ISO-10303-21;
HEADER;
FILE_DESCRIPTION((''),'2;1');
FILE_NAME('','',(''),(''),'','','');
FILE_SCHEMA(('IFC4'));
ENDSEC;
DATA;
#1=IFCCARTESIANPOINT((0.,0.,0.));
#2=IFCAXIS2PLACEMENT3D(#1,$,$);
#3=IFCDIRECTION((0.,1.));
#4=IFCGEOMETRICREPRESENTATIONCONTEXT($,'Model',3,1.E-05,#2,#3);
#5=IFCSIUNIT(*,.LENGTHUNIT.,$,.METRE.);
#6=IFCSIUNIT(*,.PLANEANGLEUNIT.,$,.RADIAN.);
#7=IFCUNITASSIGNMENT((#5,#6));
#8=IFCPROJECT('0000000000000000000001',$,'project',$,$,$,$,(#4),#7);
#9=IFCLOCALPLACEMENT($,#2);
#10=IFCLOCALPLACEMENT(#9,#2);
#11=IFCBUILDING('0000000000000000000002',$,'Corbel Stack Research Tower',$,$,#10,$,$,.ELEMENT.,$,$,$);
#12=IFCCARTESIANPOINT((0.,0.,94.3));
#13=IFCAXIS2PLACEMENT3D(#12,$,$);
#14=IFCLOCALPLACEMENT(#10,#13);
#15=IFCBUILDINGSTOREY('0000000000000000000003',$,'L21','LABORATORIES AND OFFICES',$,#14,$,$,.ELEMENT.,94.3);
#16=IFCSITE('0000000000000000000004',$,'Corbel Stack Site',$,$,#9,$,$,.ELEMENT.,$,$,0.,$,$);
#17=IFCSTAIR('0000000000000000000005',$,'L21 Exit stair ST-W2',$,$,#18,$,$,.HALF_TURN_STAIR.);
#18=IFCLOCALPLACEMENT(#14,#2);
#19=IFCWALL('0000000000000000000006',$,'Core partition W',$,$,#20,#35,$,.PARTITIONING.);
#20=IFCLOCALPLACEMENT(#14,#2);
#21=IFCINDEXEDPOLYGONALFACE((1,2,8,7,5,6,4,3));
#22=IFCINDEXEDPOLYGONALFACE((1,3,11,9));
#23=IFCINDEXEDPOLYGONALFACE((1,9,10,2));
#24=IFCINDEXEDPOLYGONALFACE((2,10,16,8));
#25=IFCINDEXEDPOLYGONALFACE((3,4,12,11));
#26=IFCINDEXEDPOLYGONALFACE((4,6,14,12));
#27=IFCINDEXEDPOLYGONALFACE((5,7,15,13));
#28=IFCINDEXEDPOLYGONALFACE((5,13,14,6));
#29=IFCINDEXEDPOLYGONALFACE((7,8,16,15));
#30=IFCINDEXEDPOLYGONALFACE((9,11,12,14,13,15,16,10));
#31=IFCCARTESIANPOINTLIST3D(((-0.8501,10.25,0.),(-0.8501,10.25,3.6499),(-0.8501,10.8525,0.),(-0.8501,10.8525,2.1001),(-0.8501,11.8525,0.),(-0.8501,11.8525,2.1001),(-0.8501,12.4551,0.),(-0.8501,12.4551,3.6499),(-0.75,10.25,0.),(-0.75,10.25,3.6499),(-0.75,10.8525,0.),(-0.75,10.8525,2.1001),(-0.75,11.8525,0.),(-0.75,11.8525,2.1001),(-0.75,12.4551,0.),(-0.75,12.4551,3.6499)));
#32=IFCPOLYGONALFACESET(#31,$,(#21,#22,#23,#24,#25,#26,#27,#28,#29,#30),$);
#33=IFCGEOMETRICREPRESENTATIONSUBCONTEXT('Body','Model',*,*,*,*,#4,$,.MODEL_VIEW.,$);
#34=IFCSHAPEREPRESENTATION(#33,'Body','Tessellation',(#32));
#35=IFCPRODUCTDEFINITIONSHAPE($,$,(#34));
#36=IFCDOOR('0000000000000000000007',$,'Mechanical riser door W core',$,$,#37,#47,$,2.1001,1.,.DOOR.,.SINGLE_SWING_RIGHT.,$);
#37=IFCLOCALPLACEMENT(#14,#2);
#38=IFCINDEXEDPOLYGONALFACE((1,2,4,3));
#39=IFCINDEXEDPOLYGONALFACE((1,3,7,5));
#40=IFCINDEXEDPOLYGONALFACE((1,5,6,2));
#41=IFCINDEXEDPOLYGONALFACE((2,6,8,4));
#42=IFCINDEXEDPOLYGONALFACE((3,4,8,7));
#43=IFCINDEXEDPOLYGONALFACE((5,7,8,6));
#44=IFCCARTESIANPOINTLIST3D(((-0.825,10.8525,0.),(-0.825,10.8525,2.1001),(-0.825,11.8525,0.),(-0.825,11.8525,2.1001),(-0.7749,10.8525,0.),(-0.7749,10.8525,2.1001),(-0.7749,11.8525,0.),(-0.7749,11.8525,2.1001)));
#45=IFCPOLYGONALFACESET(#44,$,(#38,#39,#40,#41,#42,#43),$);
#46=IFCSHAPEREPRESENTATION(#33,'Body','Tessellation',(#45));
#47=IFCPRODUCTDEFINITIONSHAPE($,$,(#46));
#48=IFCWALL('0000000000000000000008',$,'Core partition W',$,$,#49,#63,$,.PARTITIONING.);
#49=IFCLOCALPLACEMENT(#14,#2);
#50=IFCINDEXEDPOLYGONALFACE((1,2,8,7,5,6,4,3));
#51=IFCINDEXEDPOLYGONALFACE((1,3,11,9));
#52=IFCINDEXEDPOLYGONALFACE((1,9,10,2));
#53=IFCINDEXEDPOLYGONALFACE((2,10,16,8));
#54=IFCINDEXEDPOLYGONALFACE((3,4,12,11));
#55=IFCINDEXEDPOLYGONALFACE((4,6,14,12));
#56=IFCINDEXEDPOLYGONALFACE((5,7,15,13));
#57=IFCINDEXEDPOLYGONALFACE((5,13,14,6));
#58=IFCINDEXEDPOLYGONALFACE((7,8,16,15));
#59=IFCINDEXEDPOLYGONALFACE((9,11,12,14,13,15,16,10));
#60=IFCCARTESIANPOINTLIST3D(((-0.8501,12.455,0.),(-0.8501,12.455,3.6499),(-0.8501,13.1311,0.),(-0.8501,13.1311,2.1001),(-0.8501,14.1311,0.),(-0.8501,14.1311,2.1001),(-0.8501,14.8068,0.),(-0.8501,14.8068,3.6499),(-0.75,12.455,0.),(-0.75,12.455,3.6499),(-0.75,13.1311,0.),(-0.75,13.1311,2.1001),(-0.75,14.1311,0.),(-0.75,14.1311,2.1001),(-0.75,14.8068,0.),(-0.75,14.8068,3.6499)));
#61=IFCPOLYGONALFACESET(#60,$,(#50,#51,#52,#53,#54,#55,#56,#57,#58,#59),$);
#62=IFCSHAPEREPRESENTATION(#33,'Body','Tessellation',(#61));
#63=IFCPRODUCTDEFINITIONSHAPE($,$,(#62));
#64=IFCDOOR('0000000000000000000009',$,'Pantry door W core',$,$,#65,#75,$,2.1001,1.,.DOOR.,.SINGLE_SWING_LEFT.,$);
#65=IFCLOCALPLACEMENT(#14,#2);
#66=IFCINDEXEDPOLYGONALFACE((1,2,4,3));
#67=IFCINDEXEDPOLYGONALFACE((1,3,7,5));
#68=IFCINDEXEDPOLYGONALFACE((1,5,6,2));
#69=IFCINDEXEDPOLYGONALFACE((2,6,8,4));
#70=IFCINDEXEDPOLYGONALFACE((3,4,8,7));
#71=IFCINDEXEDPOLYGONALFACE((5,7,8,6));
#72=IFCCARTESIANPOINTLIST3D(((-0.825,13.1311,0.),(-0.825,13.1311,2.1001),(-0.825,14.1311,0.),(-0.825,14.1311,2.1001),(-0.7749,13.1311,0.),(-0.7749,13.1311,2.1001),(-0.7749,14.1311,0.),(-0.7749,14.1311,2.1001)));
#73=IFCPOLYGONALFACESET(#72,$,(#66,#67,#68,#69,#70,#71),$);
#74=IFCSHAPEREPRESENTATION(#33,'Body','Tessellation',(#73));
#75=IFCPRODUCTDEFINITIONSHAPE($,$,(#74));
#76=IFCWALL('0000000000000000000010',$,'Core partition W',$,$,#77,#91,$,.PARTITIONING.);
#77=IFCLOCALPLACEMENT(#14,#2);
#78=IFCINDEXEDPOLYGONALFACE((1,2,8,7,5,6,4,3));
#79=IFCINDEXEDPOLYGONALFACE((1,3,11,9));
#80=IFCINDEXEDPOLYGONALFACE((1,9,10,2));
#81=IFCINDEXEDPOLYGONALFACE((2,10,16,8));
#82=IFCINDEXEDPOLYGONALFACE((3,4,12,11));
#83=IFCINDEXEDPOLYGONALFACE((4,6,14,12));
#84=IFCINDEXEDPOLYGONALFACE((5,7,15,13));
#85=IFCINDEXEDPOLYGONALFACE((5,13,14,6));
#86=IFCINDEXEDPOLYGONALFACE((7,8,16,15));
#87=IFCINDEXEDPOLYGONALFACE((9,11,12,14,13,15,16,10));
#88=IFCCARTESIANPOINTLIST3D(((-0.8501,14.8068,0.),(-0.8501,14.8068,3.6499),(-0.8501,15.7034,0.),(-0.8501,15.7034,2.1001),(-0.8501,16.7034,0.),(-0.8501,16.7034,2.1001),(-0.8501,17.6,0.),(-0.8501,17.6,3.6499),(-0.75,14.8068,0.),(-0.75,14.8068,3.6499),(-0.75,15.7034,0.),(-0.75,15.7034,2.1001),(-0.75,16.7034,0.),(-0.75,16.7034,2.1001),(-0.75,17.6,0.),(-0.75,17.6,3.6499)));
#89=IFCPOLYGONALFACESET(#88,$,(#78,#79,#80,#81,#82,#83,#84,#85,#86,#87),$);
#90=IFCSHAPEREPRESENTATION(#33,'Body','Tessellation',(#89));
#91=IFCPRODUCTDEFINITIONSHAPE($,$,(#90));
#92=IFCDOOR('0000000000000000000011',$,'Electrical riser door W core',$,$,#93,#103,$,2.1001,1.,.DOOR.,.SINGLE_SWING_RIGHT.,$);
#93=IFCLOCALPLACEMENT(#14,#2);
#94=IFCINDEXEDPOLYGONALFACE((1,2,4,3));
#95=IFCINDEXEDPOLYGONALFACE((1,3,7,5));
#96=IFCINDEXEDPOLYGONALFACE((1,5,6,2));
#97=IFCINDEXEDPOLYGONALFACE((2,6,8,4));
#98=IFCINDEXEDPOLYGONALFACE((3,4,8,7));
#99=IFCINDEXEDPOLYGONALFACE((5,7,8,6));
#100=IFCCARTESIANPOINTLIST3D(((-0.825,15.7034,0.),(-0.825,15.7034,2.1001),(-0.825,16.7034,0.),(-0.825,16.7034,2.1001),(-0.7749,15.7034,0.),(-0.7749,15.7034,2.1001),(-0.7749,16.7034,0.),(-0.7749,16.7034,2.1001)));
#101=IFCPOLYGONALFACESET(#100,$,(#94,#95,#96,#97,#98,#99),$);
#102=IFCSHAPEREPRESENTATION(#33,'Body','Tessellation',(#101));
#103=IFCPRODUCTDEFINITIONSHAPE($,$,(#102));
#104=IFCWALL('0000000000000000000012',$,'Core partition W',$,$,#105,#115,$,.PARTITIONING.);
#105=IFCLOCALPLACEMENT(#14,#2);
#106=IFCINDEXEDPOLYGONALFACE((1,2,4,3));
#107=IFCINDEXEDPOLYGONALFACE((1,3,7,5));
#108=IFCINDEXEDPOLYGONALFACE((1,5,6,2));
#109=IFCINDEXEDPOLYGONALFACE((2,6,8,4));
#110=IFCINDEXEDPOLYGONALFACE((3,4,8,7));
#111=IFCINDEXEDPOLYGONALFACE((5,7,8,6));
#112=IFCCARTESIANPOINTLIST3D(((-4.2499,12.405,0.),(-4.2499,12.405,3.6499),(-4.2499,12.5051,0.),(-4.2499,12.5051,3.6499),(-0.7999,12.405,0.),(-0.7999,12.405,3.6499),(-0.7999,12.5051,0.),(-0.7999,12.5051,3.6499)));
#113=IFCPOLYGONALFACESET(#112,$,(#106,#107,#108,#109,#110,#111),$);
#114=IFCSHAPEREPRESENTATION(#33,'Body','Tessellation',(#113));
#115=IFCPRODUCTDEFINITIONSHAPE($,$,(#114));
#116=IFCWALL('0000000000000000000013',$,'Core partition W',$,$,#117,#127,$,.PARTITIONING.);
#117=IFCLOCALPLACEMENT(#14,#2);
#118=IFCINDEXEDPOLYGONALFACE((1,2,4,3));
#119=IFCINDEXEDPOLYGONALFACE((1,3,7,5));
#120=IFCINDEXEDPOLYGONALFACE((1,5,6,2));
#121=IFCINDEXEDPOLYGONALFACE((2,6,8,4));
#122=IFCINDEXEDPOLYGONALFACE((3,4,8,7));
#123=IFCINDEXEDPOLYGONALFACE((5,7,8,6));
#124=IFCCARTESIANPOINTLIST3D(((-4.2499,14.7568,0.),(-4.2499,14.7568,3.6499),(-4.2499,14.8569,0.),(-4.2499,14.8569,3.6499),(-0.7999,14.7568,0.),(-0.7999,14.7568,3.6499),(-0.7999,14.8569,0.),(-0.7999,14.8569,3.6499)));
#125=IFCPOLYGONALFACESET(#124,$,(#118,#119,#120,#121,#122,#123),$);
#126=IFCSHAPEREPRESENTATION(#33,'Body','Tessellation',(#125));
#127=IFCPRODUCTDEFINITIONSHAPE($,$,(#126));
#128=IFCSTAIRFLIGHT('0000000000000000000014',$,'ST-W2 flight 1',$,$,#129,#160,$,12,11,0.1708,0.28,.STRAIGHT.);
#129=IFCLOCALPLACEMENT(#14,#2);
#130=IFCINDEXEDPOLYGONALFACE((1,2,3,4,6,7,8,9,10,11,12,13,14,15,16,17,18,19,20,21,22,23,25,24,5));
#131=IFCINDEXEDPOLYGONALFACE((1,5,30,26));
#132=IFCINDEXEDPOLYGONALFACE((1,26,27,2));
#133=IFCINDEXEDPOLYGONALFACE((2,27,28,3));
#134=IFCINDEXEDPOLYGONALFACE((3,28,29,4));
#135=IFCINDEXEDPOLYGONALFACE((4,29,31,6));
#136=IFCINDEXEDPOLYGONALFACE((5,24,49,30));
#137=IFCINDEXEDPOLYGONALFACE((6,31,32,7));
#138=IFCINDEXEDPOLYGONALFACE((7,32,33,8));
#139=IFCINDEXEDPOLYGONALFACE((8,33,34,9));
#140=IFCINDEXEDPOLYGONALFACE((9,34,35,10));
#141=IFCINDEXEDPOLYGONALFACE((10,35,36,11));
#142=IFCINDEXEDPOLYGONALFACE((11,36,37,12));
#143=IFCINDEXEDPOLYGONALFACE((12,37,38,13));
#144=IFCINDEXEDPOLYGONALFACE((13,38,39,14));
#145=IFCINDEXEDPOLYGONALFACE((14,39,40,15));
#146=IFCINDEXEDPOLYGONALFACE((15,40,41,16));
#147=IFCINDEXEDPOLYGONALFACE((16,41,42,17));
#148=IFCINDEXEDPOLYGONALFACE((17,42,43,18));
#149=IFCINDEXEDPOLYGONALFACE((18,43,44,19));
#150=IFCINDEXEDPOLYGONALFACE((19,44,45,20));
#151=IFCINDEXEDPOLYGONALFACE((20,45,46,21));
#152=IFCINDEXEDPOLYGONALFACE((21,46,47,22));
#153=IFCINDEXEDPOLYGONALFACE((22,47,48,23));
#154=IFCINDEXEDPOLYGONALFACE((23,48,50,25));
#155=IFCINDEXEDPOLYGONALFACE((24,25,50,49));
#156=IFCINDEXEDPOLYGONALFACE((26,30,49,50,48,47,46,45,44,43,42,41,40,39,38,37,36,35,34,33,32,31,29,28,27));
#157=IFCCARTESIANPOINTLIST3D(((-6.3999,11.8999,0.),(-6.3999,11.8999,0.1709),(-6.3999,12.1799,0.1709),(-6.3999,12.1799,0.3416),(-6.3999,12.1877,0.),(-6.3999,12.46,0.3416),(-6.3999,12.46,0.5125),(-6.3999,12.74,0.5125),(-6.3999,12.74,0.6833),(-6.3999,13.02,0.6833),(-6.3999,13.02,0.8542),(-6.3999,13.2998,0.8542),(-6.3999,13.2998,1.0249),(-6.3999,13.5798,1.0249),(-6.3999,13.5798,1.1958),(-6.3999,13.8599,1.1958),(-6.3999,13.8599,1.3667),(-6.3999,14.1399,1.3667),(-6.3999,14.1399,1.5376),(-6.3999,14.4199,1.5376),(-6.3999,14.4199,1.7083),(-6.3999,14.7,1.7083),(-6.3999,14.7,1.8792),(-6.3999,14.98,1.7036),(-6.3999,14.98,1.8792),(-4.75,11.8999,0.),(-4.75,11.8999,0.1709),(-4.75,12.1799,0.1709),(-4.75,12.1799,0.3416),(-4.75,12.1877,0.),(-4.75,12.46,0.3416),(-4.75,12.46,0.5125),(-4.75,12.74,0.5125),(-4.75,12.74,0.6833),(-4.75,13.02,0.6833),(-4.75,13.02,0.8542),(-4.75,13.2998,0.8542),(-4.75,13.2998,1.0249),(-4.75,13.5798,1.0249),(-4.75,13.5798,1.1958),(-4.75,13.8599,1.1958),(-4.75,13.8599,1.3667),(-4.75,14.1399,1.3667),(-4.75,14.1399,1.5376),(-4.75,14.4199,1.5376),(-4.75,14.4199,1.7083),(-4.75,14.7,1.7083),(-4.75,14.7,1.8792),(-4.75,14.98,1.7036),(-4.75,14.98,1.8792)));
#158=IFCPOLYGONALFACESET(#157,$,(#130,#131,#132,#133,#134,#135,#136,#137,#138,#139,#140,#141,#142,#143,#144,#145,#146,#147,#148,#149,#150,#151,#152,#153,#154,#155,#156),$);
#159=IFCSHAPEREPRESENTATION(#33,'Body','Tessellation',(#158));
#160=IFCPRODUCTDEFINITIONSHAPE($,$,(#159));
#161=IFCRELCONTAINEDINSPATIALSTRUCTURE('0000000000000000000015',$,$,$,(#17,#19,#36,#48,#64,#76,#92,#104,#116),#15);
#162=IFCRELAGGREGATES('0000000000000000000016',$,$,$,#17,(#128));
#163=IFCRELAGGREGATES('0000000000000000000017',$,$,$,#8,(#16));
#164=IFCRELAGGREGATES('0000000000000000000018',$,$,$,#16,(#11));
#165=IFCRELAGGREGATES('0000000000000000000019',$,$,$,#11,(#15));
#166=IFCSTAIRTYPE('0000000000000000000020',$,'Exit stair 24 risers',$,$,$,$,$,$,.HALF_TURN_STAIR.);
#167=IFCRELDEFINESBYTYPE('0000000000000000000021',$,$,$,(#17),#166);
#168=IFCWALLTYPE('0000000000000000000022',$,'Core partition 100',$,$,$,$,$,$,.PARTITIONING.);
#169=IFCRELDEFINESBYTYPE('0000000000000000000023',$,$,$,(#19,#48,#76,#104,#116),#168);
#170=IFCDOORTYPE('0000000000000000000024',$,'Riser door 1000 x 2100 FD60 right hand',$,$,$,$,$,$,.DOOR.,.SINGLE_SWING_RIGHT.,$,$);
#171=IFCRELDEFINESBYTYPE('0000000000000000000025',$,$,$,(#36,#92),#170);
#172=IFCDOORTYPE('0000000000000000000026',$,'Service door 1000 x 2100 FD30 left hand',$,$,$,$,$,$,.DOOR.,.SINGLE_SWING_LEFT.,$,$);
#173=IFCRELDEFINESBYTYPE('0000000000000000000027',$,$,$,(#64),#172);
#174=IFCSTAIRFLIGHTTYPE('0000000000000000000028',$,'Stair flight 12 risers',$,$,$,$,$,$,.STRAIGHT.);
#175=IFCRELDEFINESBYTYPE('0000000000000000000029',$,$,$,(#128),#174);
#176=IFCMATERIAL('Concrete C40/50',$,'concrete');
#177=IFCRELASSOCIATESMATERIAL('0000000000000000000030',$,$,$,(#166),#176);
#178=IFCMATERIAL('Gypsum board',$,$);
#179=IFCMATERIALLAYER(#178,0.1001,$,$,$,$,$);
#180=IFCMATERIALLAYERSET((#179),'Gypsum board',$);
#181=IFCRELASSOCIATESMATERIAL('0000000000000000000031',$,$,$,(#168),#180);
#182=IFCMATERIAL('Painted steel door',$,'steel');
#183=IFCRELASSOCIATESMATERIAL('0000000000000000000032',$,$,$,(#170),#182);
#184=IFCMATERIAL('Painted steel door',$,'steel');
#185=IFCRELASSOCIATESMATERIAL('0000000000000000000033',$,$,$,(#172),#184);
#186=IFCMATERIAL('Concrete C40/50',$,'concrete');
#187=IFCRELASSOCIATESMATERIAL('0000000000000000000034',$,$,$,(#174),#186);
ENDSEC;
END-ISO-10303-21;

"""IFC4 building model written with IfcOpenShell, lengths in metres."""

from ifc_helpers import new_model, si_unit, direction, frame, frame_2d, origin, place, context, subcontext, project, spatial, polyline, rectangle, outline, extrude, material, layer, layer_set, type_object, element, fill, aggregate, save


model = new_model("IFC4")

# Units and contexts
model_context = context("Model", 3, precision=1e-05, world=origin(), true_north=direction((0.0, 1.0)))
body_context = subcontext(model_context, "Body", "Model", "MODEL_VIEW")
ifc_project = project(units=[si_unit("LENGTHUNIT", "METRE"), si_unit("PLANEANGLEUNIT", "RADIAN")], contexts=[model_context])

# Site, building, storey
site_placement = place(None, origin())
site = spatial("IfcSite", under=ifc_project, at=site_placement, Name="Corbel Stack Site", CompositionType="ELEMENT", RefElevation=0.0)
building_placement = place(site_placement, origin())
building = spatial("IfcBuilding", under=site, at=building_placement, Name="Corbel Stack Research Tower", CompositionType="ELEMENT")
storey_placement = place(building_placement, frame((0.0, 0.0, 94.3)))
storey = spatial("IfcBuildingStorey", under=building, at=storey_placement, Name="L21", Description="LABORATORIES AND OFFICES", CompositionType="ELEMENT", Elevation=94.3)

# Stair
ifc_material_1 = material(Name="Concrete C40/50", Category="concrete")
stair_type = type_object("IfcStairType", Name="Exit stair 24 risers", PredefinedType="HALF_TURN_STAIR", material=ifc_material_1)
stair_1_placement = place(storey_placement, origin())
stair_1 = element("IfcStair", 1, at=stair_1_placement, inside=storey, type_object=stair_type, Name="L21 Exit stair ST-W2", PredefinedType="HALF_TURN_STAIR")

# Walls, openings, doors
ifc_material_2 = material(Name="Gypsum board")
ifc_layer_1 = layer(ifc_material_2, 0.1001)
ifc_layer_set_1 = layer_set([ifc_layer_1], Name="Gypsum board")
wall_type_1 = type_object("IfcWallType", Name="Core partition 100", PredefinedType="PARTITIONING", material=ifc_layer_set_1)
wall_1_placement = place(storey_placement, frame((-0.8, 10.25, 0.0), z_axis=(0.0, 0.0, 1.0), x_axis=(0.0, 1.0, 0.0)))
wall_1 = element("IfcWall", 2, at=wall_1_placement, inside=storey, type_object=wall_type_1, Name="Core partition W", PredefinedType="PARTITIONING", context=body_context, shape_type="SweptSolid", body=[
    extrude(rectangle(XDim=2.2051, YDim=0.1001, at=frame_2d((1.1025, 0.0))), origin(), (0.0, 0.0, 1.0), 3.6499),
])
opening_1_placement = place(wall_1_placement, frame((0.6025, 0.0, 0.0)))
opening_1 = element("IfcOpeningElement", 3, at=opening_1_placement, cuts=wall_1, PredefinedType="OPENING", context=body_context, shape_type="SweptSolid", body=[
    extrude(rectangle(XDim=1.0, YDim=2.1001, at=frame_2d((0.5, 1.05))), frame((0.0, 0.0601, 0.0), z_axis=(0.0, -1.0, 0.0), x_axis=(1.0, 0.0, 0.0)), (0.0, 0.0, 1.0), 0.1201),
])
ifc_material_3 = material(Name="Painted steel door", Category="steel")
door_type_1 = type_object("IfcDoorType", Name="Riser door 1000 x 2100 FD60 right hand", OperationType="SINGLE_SWING_RIGHT", PredefinedType="DOOR", material=ifc_material_3)
door_1_placement = place(opening_1_placement, origin())
door_1 = element("IfcDoor", 4, at=door_1_placement, inside=storey, type_object=door_type_1, Name="Mechanical riser door W core", OperationType="SINGLE_SWING_RIGHT", OverallHeight=2.1001, OverallWidth=1.0, PredefinedType="DOOR", context=body_context, shape_type="SweptSolid", body=[
    extrude(rectangle(XDim=1.0, YDim=2.1001, at=frame_2d((0.5, 1.05))), frame((0.0, 0.0249, 0.0), z_axis=(0.0, -1.0, 0.0), x_axis=(1.0, 0.0, 0.0)), (0.0, 0.0, 1.0), 0.05),
])
fill(opening_1, door_1)
wall_2_placement = place(storey_placement, frame((-0.8, 12.4551, 0.0), z_axis=(0.0, 0.0, 1.0), x_axis=(0.0, 1.0, 0.0)))
wall_2 = element("IfcWall", 5, at=wall_2_placement, inside=storey, type_object=wall_type_1, Name="Core partition W", PredefinedType="PARTITIONING", context=body_context, shape_type="SweptSolid", body=[
    extrude(rectangle(XDim=2.3518, YDim=0.1001, at=frame_2d((1.1758, 0.0))), origin(), (0.0, 0.0, 1.0), 3.6499),
])
opening_2_placement = place(wall_2_placement, frame((0.676, 0.0, 0.0)))
opening_2 = element("IfcOpeningElement", 6, at=opening_2_placement, cuts=wall_2, PredefinedType="OPENING", context=body_context, shape_type="SweptSolid", body=[
    extrude(rectangle(XDim=1.0, YDim=2.1001, at=frame_2d((0.5, 1.05))), frame((0.0, 0.0601, 0.0), z_axis=(0.0, -1.0, 0.0), x_axis=(1.0, 0.0, 0.0)), (0.0, 0.0, 1.0), 0.1201),
])
ifc_material_4 = material(Name="Painted steel door", Category="steel")
door_type_2 = type_object("IfcDoorType", Name="Service door 1000 x 2100 FD30 left hand", OperationType="SINGLE_SWING_LEFT", PredefinedType="DOOR", material=ifc_material_4)
door_2_placement = place(opening_2_placement, origin())
door_2 = element("IfcDoor", 7, at=door_2_placement, inside=storey, type_object=door_type_2, Name="Pantry door W core", OperationType="SINGLE_SWING_LEFT", OverallHeight=2.1001, OverallWidth=1.0, PredefinedType="DOOR", context=body_context, shape_type="SweptSolid", body=[
    extrude(rectangle(XDim=1.0, YDim=2.1001, at=frame_2d((0.5, 1.05))), frame((0.0, 0.0249, 0.0), z_axis=(0.0, -1.0, 0.0), x_axis=(1.0, 0.0, 0.0)), (0.0, 0.0, 1.0), 0.05),
])
fill(opening_2, door_2)
wall_3_placement = place(storey_placement, frame((-0.8, 14.8069, 0.0), z_axis=(0.0, 0.0, 1.0), x_axis=(0.0, 1.0, 0.0)))
wall_3 = element("IfcWall", 8, at=wall_3_placement, inside=storey, type_object=wall_type_1, Name="Core partition W", PredefinedType="PARTITIONING", context=body_context, shape_type="SweptSolid", body=[
    extrude(rectangle(XDim=2.7932, YDim=0.1001, at=frame_2d((1.3965, 0.0))), origin(), (0.0, 0.0, 1.0), 3.6499),
])
opening_3_placement = place(wall_3_placement, frame((0.8965, 0.0, 0.0)))
opening_3 = element("IfcOpeningElement", 9, at=opening_3_placement, cuts=wall_3, PredefinedType="OPENING", context=body_context, shape_type="SweptSolid", body=[
    extrude(rectangle(XDim=1.0, YDim=2.1001, at=frame_2d((0.5, 1.05))), frame((0.0, 0.0601, 0.0), z_axis=(0.0, -1.0, 0.0), x_axis=(1.0, 0.0, 0.0)), (0.0, 0.0, 1.0), 0.1201),
])
door_3_placement = place(opening_3_placement, origin())
door_3 = element("IfcDoor", 10, at=door_3_placement, inside=storey, type_object=door_type_1, Name="Electrical riser door W core", OperationType="SINGLE_SWING_RIGHT", OverallHeight=2.1001, OverallWidth=1.0, PredefinedType="DOOR", context=body_context, shape_type="SweptSolid", body=[
    extrude(rectangle(XDim=1.0, YDim=2.1001, at=frame_2d((0.5, 1.05))), frame((0.0, 0.0249, 0.0), z_axis=(0.0, -1.0, 0.0), x_axis=(1.0, 0.0, 0.0)), (0.0, 0.0, 1.0), 0.05),
])
fill(opening_3, door_3)

# Walls
for number, where, z_axis, x_axis, name in (
    (11, (-4.25, 12.4551, 0.0), (0.0, 0.0, 1.0), (1.0, 0.0, 0.0), "Core partition W"),
    (12, (-4.25, 14.8069, 0.0), (0.0, 0.0, 1.0), (1.0, 0.0, 0.0), "Core partition W"),
):
    element("IfcWall", number, at=place(storey_placement, frame(where, z_axis=z_axis, x_axis=x_axis)), inside=storey, type_object=wall_type_1, Name=name, PredefinedType="PARTITIONING", context=body_context, shape_type="SweptSolid", body=[
        extrude(rectangle(XDim=3.45, YDim=0.1001, at=frame_2d((1.7251, 0.0))), origin(), (0.0, 0.0, 1.0), 3.6499),
    ])

# Stair flight
ifc_material_5 = material(Name="Concrete C40/50", Category="concrete")
stair_flight_type = type_object("IfcStairFlightType", Name="Stair flight 12 risers", PredefinedType="STRAIGHT", material=ifc_material_5)
stair_flight_placement = place(storey_placement, frame((-5.575, 11.8999, 0.0), z_axis=(0.0, 0.0, 1.0), x_axis=(0.0, 1.0, 0.0)))
stair_flight = element("IfcStairFlight", 13, at=stair_flight_placement, type_object=stair_flight_type, Name="ST-W2 flight 1", NumberOfRisers=12, NumberOfTreads=11, PredefinedType="STRAIGHT", RiserHeight=0.1708, TreadLength=0.28, context=body_context, shape_type="SweptSolid", body=[
    extrude(outline(polyline([(0.0, 0.0), (0.0, 0.1709), (0.28, 0.1709), (0.28, 0.3416), (0.5601, 0.3416), (0.5601, 0.5125), (0.8401, 0.5125), (0.8401, 0.6833), (1.1201, 0.6833), (1.1201, 0.8542), (1.3999, 0.8542), (1.3999, 1.0249), (1.6799, 1.0249), (1.6799, 1.1958), (1.96, 1.1958), (1.96, 1.3667), (2.24, 1.3667), (2.24, 1.5376), (2.52, 1.5376), (2.52, 1.7083), (2.8, 1.7083), (2.8, 1.8792), (3.0801, 1.8792), (3.0801, 2.05), (3.0801, 1.7036), (0.2878, 0.0), (0.0, 0.0)])), frame((0.0, 0.825, 0.0), z_axis=(0.0, -1.0, 0.0), x_axis=(1.0, 0.0, 0.0)), (0.0, 0.0, 1.0), 1.6499),
])
aggregate(stair_1, [stair_flight])

save(model, "model.ifc")
